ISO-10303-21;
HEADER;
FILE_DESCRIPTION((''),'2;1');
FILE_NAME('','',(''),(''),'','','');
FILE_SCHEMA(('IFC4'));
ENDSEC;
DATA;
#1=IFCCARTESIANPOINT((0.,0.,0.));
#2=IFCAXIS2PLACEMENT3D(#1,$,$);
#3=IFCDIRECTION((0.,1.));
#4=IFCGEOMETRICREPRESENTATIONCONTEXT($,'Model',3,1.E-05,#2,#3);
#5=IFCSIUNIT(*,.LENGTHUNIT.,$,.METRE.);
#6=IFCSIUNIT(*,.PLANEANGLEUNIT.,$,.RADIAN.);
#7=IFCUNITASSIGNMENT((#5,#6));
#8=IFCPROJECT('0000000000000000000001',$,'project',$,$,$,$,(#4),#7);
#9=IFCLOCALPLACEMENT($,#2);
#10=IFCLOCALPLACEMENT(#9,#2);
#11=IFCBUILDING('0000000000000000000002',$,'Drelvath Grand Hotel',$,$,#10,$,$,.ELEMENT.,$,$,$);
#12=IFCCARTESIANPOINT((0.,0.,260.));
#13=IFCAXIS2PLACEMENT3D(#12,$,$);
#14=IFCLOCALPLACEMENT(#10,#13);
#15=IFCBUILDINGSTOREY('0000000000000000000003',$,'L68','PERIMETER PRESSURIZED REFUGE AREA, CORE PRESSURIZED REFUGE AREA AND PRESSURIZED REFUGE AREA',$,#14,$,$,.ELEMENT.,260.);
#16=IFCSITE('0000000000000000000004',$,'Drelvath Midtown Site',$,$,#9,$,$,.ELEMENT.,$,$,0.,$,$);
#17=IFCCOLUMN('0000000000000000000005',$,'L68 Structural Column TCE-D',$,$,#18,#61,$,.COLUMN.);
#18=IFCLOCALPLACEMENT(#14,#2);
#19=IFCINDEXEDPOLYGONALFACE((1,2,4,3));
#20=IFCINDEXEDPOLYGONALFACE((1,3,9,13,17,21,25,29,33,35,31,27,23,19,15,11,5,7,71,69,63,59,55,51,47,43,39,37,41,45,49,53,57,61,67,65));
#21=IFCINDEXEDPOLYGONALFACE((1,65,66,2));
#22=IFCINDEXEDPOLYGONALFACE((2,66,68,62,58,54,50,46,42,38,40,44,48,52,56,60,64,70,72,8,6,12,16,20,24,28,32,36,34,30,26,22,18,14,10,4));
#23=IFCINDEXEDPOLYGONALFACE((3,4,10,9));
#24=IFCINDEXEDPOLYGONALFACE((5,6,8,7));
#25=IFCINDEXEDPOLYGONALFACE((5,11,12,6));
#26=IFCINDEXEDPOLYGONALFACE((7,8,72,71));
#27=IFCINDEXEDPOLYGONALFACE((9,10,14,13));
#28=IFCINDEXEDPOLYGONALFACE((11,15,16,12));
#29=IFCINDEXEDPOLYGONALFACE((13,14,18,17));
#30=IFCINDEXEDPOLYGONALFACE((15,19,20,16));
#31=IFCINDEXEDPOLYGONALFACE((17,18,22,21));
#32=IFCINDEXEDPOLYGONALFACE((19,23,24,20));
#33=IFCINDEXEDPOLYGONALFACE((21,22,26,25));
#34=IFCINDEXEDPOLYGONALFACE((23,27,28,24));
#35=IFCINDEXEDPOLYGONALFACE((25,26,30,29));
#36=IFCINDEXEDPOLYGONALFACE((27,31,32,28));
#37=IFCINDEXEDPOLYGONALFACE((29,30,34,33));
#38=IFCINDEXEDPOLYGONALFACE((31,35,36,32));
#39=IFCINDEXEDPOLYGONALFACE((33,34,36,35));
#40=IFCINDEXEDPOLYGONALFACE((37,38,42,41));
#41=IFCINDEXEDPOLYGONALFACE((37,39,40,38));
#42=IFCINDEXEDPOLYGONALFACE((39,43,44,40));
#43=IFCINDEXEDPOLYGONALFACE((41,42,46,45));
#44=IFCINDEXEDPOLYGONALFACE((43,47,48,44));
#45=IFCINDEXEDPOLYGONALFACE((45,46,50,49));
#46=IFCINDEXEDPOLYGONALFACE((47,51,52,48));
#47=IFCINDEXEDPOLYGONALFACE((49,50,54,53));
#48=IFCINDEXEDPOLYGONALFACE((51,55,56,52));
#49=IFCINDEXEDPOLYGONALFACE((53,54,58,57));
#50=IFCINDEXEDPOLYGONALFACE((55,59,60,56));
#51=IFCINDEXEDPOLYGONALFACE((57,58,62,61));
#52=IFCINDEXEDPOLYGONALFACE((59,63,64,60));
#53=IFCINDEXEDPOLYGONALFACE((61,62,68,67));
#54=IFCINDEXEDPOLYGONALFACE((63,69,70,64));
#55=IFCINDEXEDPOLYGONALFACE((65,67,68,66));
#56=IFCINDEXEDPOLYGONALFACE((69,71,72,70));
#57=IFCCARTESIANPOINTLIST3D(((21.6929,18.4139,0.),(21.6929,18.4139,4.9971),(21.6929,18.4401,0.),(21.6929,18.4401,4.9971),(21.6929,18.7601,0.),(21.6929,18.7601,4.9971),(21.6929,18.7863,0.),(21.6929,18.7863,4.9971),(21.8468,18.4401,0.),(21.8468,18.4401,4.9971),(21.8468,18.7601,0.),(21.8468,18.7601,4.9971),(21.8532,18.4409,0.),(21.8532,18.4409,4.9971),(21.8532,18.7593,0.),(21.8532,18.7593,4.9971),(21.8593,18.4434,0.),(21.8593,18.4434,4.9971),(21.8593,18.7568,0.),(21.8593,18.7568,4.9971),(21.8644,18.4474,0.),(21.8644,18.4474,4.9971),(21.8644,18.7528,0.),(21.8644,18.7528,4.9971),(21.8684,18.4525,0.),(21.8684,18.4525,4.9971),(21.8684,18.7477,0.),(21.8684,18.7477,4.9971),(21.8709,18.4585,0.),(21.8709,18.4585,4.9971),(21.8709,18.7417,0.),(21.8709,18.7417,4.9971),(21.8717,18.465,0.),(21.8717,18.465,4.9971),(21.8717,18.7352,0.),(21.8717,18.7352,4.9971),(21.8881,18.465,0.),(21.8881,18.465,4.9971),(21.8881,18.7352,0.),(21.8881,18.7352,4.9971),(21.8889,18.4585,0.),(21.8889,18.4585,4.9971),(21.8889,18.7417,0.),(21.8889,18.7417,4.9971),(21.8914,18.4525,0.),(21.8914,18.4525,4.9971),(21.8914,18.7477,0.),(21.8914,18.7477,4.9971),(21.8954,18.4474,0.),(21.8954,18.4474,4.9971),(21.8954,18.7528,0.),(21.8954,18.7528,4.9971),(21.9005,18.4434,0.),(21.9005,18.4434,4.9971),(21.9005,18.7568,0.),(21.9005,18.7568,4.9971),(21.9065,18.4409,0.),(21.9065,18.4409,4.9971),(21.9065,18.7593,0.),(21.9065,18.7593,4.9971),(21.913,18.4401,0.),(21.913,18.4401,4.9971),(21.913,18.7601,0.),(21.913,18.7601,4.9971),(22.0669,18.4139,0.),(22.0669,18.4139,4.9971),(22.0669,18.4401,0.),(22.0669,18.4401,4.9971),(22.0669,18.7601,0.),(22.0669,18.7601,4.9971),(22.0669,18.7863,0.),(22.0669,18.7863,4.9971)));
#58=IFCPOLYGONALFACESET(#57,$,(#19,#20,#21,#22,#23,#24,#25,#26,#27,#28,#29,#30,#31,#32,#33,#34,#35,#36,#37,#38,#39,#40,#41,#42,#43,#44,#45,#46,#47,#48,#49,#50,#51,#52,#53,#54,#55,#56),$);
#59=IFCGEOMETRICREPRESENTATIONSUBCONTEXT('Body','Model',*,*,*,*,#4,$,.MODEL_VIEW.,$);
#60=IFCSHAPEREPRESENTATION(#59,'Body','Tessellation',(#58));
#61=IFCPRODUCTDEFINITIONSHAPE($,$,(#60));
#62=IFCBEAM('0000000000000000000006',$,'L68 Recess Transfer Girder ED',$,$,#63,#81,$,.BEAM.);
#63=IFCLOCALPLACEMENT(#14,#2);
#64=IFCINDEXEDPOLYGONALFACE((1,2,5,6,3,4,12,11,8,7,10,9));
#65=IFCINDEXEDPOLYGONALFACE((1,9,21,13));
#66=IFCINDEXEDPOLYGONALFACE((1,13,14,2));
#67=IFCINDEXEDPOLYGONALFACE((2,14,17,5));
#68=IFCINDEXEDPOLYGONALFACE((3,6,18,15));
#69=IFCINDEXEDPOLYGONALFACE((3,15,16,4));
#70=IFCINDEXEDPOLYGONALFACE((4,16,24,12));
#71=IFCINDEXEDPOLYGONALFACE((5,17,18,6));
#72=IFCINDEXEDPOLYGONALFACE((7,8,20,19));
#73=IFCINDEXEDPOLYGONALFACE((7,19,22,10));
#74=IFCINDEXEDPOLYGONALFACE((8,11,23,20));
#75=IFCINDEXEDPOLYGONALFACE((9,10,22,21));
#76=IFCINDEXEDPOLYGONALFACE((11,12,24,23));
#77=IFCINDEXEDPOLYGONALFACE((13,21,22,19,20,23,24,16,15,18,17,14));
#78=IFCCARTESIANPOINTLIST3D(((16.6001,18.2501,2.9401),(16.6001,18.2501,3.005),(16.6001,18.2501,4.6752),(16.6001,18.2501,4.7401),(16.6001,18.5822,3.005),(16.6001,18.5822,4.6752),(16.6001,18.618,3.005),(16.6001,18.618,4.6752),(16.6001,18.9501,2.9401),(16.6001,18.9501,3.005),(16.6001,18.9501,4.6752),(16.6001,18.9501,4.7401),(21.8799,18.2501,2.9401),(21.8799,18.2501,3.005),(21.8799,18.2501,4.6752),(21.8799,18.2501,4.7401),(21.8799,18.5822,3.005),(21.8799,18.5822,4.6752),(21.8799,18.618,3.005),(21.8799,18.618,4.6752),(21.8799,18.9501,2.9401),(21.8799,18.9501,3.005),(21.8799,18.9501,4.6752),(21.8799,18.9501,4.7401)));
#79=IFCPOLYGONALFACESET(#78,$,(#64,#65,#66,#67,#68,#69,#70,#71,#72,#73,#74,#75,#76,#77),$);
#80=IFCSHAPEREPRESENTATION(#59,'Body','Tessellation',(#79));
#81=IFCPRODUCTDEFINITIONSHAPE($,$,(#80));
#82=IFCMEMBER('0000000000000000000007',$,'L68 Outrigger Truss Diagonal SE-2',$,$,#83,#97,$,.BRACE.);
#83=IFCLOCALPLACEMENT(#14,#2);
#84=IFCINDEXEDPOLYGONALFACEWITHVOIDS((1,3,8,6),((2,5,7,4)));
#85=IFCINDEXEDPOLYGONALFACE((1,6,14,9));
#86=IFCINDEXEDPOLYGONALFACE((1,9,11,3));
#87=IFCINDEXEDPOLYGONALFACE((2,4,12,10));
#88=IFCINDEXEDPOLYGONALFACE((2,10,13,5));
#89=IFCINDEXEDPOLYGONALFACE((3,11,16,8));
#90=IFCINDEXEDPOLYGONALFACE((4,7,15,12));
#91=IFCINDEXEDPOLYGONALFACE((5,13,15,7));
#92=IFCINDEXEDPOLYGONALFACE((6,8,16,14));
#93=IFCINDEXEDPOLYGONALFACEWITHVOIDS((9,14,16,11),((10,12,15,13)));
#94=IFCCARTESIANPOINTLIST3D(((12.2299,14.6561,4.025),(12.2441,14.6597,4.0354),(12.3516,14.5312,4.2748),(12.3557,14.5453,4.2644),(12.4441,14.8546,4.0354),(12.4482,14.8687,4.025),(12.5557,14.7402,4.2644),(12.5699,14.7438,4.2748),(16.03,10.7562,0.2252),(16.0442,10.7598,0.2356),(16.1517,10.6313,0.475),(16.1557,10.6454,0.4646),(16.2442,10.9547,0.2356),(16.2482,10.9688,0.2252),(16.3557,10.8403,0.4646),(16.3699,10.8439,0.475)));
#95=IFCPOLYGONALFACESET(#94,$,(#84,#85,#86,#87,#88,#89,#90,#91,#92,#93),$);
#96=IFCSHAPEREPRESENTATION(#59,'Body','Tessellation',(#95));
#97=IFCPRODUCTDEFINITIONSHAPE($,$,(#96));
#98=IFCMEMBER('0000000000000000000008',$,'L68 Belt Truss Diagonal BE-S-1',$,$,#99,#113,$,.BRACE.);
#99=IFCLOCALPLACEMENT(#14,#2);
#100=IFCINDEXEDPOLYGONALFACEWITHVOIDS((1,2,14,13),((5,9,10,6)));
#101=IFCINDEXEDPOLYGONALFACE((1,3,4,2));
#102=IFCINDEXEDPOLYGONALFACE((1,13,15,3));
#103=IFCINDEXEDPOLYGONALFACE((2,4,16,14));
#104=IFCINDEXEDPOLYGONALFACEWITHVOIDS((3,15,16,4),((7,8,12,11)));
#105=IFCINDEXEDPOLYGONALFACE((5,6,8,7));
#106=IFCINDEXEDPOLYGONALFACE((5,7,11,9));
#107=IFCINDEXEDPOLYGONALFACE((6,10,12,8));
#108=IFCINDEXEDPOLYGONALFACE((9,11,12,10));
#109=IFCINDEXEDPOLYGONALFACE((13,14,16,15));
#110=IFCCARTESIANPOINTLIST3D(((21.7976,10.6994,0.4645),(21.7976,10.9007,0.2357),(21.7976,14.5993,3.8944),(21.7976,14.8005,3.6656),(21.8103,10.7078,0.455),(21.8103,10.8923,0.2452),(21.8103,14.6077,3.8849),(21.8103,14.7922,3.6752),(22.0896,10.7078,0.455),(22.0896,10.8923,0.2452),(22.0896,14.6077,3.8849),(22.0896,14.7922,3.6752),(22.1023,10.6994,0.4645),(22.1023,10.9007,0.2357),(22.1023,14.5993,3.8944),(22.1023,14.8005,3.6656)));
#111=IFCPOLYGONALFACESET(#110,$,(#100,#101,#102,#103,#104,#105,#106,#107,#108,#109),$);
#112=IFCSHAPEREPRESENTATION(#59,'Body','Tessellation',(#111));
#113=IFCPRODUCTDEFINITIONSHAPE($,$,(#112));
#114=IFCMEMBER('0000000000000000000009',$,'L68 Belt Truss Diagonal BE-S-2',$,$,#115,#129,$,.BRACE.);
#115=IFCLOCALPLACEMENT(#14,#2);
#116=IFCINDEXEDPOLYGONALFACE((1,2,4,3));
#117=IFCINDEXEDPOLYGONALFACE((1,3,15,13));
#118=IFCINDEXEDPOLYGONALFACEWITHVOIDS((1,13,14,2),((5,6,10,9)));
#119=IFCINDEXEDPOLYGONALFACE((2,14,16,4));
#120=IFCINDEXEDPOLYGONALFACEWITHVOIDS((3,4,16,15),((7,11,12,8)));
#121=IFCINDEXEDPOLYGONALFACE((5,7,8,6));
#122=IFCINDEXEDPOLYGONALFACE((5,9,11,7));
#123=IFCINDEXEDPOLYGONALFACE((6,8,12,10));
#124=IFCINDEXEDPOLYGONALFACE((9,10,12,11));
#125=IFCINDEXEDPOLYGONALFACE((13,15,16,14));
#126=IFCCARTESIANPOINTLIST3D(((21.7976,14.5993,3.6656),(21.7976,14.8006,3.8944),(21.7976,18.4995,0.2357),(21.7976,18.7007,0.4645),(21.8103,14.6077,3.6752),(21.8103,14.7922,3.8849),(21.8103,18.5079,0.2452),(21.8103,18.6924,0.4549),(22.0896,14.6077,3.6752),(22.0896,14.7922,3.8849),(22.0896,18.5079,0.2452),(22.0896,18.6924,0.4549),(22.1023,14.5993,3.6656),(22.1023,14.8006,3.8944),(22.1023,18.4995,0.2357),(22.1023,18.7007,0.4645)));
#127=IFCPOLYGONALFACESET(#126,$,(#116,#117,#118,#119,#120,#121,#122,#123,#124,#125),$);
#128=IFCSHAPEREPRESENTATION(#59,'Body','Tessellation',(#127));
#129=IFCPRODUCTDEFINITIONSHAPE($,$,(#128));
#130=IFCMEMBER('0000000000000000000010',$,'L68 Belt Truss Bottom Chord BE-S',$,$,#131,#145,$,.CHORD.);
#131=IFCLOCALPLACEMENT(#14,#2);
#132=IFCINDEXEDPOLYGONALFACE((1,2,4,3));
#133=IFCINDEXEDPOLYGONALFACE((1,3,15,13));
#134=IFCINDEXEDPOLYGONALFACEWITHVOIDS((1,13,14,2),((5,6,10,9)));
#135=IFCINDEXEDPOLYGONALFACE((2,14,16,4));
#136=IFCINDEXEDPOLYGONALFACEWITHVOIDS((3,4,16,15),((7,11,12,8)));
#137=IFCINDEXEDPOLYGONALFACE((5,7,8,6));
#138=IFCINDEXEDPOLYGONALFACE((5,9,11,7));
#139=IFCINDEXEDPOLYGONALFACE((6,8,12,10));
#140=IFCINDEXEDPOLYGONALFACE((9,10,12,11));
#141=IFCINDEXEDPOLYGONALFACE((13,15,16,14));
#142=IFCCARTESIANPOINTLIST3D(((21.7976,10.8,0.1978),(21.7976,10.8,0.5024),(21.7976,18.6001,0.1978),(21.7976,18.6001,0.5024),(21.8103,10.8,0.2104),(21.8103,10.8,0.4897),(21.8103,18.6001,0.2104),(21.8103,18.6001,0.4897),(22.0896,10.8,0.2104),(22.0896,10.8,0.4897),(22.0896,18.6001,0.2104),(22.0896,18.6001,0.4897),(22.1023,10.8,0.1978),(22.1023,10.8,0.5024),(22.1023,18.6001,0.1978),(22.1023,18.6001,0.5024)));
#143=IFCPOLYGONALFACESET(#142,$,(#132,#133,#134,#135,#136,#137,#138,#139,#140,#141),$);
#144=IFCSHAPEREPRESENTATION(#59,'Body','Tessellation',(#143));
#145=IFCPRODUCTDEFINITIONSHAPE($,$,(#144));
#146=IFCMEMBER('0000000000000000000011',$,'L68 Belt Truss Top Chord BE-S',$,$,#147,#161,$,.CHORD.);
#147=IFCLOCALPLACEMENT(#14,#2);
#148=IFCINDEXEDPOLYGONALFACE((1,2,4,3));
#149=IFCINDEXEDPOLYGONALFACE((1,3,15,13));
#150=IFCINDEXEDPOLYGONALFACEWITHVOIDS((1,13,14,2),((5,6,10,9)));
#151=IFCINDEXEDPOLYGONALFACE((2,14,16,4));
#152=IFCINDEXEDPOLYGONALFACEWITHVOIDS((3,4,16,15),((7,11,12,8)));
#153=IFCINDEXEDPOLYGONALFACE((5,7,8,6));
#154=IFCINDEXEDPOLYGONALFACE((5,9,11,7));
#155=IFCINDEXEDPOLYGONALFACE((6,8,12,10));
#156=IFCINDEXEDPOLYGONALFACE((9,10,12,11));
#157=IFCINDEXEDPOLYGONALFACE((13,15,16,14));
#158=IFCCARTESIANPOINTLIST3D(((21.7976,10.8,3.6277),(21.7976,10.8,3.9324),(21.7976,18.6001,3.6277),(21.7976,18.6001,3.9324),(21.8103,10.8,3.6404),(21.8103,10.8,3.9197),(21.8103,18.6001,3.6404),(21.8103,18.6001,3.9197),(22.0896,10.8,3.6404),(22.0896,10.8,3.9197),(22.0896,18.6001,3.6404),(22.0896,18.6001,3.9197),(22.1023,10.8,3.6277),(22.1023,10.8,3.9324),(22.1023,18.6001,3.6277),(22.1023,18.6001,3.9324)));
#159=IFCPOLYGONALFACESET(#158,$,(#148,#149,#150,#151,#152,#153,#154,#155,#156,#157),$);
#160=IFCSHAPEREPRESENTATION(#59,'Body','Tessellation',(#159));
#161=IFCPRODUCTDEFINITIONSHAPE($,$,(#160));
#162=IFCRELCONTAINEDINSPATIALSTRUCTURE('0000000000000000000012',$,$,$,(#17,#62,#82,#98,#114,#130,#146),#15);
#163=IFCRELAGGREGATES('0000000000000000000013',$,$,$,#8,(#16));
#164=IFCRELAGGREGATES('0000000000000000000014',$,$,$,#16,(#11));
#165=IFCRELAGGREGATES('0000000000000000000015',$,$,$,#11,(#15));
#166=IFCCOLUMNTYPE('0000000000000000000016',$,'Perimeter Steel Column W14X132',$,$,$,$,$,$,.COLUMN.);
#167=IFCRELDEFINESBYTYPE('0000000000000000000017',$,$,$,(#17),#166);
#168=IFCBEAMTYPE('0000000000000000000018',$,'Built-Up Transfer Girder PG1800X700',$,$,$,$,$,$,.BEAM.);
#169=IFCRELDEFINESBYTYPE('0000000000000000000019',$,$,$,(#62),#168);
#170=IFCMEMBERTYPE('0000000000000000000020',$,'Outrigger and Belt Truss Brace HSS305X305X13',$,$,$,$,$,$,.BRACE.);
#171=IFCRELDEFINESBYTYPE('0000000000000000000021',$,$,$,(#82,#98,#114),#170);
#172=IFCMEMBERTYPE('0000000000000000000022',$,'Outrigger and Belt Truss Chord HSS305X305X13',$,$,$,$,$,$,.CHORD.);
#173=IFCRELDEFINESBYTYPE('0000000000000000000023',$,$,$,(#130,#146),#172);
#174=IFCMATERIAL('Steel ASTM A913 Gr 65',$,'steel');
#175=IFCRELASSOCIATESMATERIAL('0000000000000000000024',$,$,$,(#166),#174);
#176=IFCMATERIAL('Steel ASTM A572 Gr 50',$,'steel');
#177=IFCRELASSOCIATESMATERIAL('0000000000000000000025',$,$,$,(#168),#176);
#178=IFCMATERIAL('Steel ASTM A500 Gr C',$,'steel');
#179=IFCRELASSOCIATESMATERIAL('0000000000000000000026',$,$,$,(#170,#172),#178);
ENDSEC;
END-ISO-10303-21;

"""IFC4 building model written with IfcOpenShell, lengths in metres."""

from ifc_helpers import new_model, si_unit, direction, frame, origin, origin_2d, place, context, subcontext, project, spatial, hollow_rectangle, i_section, extrude, material, material_profile, profile_set, type_object, element, save


model = new_model("IFC4")

# Units and contexts
model_context = context("Model", 3, precision=1e-05, world=origin(), true_north=direction((0.0, 1.0)))
body_context = subcontext(model_context, "Body", "Model", "MODEL_VIEW")
ifc_project = project(units=[si_unit("LENGTHUNIT", "METRE"), si_unit("PLANEANGLEUNIT", "RADIAN")], contexts=[model_context])

# Site, building, storey
site_placement = place(None, origin())
site = spatial("IfcSite", under=ifc_project, at=site_placement, Name="Drelvath Midtown Site", CompositionType="ELEMENT", RefElevation=0.0)
building_placement = place(site_placement, origin())
building = spatial("IfcBuilding", under=site, at=building_placement, Name="Drelvath Grand Hotel", CompositionType="ELEMENT")
storey_placement = place(building_placement, frame((0.0, 0.0, 260.0)))
storey = spatial("IfcBuildingStorey", under=building, at=storey_placement, Name="L68", Description="PERIMETER PRESSURIZED REFUGE AREA, CORE PRESSURIZED REFUGE AREA AND PRESSURIZED REFUGE AREA", CompositionType="ELEMENT", Elevation=260.0)

# Column
ifc_material_1 = material(Name="Steel ASTM A913 Gr 65", Category="steel")
ifc_material_profile_1 = material_profile(ifc_material_1, i_section(OverallWidth=0.374, OverallDepth=0.3723, WebThickness=0.0164, FlangeThickness=0.0261, FilletRadius=0.0249, at=origin_2d()), Name="W14X132")
ifc_profile_set_1 = profile_set([ifc_material_profile_1], Name="Steel ASTM A913 Gr 65")
column_type = type_object("IfcColumnType", Name="Perimeter Steel Column W14X132", PredefinedType="COLUMN", material=ifc_profile_set_1)
column_placement = place(storey_placement, frame((21.8799, 18.6001, 0.0), z_axis=(0.0, 0.0, 1.0), x_axis=(1.0, 0.0, 0.0)))
element("IfcColumn", 1, at=column_placement, inside=storey, type_object=column_type, Name="L68 Structural Column TCE-D", PredefinedType="COLUMN", context=body_context, shape_type="SweptSolid", body=[
    extrude(i_section(OverallWidth=0.374, OverallDepth=0.3723, WebThickness=0.0164, FlangeThickness=0.0261, FilletRadius=0.0249, at=origin_2d()), origin(), (0.0, 0.0, 1.0), 4.9971),
])

# Beam
ifc_material_2 = material(Name="Steel ASTM A572 Gr 50", Category="steel")
ifc_material_profile_2 = material_profile(ifc_material_2, i_section(OverallWidth=0.7, OverallDepth=1.8, WebThickness=0.0359, FlangeThickness=0.0649, at=origin_2d()), Name="PG1800X700")
ifc_profile_set_2 = profile_set([ifc_material_profile_2], Name="Steel ASTM A572 Gr 50")
beam_type_1 = type_object("IfcBeamType", Name="Built-Up Transfer Girder PG1800X700", PredefinedType="BEAM", material=ifc_profile_set_2)
beam_1_placement = place(storey_placement, frame((16.6001, 18.6001, 3.8401), z_axis=(1.0, 0.0, 0.0), x_axis=(0.0, 1.0, 0.0)))
element("IfcBeam", 2, at=beam_1_placement, inside=storey, type_object=beam_type_1, Name="L68 Recess Transfer Girder ED", PredefinedType="BEAM", context=body_context, shape_type="SweptSolid", body=[
    extrude(i_section(OverallWidth=0.7, OverallDepth=1.8, WebThickness=0.0359, FlangeThickness=0.0649, at=origin_2d()), origin(), (0.0, 0.0, 1.0), 5.2798),
])

# Members
ifc_material_3 = material(Name="Steel ASTM A500 Gr C", Category="steel")
ifc_material_profile_3 = material_profile(ifc_material_3, hollow_rectangle(XDim=0.3047, YDim=0.3047, WallThickness=0.0127, at=origin_2d()), Name="HSS305X305X13")
ifc_profile_set_3 = profile_set([ifc_material_profile_3], Name="Steel ASTM A500 Gr C")
member_type_1 = type_object("IfcMemberType", Name="Outrigger and Belt Truss Brace HSS305X305X13", PredefinedType="BRACE", material=ifc_profile_set_3)
member_1_placement = place(storey_placement, frame((12.3999, 14.7, 4.1499), z_axis=(0.572306, -0.587345, -0.572269), x_axis=(0.716216, 0.697878, 0.0)))
element("IfcMember", 3, at=member_1_placement, inside=storey, type_object=member_type_1, Name="L68 Outrigger Truss Diagonal SE-2", PredefinedType="BRACE", context=body_context, shape_type="SweptSolid", body=[
    extrude(hollow_rectangle(XDim=0.3047, YDim=0.3047, WallThickness=0.0127, at=origin_2d()), origin(), (0.0, 0.0, 1.0), 6.6399),
])
member_2_placement = place(storey_placement, frame((21.95, 10.8, 0.3501), z_axis=(0.0, 0.750903, 0.660413), x_axis=(-1.0, 0.0, 0.0)))
element("IfcMember", 4, at=member_2_placement, inside=storey, type_object=member_type_1, Name="L68 Belt Truss Diagonal BE-S-1", PredefinedType="BRACE", context=body_context, shape_type="SweptSolid", body=[
    extrude(hollow_rectangle(XDim=0.3047, YDim=0.3047, WallThickness=0.0127, at=origin_2d()), origin(), (0.0, 0.0, 1.0), 5.1936),
])
member_3_placement = place(storey_placement, frame((21.95, 14.7, 3.78), z_axis=(0.0, 0.750923, -0.660389), x_axis=(-1.0, 0.0, 0.0)))
element("IfcMember", 5, at=member_3_placement, inside=storey, type_object=member_type_1, Name="L68 Belt Truss Diagonal BE-S-2", PredefinedType="BRACE", context=body_context, shape_type="SweptSolid", body=[
    extrude(hollow_rectangle(XDim=0.3047, YDim=0.3047, WallThickness=0.0127, at=origin_2d()), origin(), (0.0, 0.0, 1.0), 5.1938),
])
ifc_material_profile_4 = material_profile(ifc_material_3, hollow_rectangle(XDim=0.3047, YDim=0.3047, WallThickness=0.0127, at=origin_2d()), Name="HSS305X305X13")
ifc_profile_set_4 = profile_set([ifc_material_profile_4], Name="Steel ASTM A500 Gr C")
member_type_2 = type_object("IfcMemberType", Name="Outrigger and Belt Truss Chord HSS305X305X13", PredefinedType="CHORD", material=ifc_profile_set_4)
for number, where, z_axis, x_axis, name in (
    (6, (21.95, 10.8, 0.3501), (0.0, 1.0, 0.0), (-1.0, 0.0, 0.0), "L68 Belt Truss Bottom Chord BE-S"),
    (7, (21.95, 10.8, 3.78), (0.0, 1.0, 0.0), (-1.0, 0.0, 0.0), "L68 Belt Truss Top Chord BE-S"),
):
    element("IfcMember", number, at=place(storey_placement, frame(where, z_axis=z_axis, x_axis=x_axis)), inside=storey, type_object=member_type_2, Name=name, PredefinedType="CHORD", context=body_context, shape_type="SweptSolid", body=[
        extrude(hollow_rectangle(XDim=0.3047, YDim=0.3047, WallThickness=0.0127, at=origin_2d()), origin(), (0.0, 0.0, 1.0), 7.8),
    ])

save(model, "model.ifc")
